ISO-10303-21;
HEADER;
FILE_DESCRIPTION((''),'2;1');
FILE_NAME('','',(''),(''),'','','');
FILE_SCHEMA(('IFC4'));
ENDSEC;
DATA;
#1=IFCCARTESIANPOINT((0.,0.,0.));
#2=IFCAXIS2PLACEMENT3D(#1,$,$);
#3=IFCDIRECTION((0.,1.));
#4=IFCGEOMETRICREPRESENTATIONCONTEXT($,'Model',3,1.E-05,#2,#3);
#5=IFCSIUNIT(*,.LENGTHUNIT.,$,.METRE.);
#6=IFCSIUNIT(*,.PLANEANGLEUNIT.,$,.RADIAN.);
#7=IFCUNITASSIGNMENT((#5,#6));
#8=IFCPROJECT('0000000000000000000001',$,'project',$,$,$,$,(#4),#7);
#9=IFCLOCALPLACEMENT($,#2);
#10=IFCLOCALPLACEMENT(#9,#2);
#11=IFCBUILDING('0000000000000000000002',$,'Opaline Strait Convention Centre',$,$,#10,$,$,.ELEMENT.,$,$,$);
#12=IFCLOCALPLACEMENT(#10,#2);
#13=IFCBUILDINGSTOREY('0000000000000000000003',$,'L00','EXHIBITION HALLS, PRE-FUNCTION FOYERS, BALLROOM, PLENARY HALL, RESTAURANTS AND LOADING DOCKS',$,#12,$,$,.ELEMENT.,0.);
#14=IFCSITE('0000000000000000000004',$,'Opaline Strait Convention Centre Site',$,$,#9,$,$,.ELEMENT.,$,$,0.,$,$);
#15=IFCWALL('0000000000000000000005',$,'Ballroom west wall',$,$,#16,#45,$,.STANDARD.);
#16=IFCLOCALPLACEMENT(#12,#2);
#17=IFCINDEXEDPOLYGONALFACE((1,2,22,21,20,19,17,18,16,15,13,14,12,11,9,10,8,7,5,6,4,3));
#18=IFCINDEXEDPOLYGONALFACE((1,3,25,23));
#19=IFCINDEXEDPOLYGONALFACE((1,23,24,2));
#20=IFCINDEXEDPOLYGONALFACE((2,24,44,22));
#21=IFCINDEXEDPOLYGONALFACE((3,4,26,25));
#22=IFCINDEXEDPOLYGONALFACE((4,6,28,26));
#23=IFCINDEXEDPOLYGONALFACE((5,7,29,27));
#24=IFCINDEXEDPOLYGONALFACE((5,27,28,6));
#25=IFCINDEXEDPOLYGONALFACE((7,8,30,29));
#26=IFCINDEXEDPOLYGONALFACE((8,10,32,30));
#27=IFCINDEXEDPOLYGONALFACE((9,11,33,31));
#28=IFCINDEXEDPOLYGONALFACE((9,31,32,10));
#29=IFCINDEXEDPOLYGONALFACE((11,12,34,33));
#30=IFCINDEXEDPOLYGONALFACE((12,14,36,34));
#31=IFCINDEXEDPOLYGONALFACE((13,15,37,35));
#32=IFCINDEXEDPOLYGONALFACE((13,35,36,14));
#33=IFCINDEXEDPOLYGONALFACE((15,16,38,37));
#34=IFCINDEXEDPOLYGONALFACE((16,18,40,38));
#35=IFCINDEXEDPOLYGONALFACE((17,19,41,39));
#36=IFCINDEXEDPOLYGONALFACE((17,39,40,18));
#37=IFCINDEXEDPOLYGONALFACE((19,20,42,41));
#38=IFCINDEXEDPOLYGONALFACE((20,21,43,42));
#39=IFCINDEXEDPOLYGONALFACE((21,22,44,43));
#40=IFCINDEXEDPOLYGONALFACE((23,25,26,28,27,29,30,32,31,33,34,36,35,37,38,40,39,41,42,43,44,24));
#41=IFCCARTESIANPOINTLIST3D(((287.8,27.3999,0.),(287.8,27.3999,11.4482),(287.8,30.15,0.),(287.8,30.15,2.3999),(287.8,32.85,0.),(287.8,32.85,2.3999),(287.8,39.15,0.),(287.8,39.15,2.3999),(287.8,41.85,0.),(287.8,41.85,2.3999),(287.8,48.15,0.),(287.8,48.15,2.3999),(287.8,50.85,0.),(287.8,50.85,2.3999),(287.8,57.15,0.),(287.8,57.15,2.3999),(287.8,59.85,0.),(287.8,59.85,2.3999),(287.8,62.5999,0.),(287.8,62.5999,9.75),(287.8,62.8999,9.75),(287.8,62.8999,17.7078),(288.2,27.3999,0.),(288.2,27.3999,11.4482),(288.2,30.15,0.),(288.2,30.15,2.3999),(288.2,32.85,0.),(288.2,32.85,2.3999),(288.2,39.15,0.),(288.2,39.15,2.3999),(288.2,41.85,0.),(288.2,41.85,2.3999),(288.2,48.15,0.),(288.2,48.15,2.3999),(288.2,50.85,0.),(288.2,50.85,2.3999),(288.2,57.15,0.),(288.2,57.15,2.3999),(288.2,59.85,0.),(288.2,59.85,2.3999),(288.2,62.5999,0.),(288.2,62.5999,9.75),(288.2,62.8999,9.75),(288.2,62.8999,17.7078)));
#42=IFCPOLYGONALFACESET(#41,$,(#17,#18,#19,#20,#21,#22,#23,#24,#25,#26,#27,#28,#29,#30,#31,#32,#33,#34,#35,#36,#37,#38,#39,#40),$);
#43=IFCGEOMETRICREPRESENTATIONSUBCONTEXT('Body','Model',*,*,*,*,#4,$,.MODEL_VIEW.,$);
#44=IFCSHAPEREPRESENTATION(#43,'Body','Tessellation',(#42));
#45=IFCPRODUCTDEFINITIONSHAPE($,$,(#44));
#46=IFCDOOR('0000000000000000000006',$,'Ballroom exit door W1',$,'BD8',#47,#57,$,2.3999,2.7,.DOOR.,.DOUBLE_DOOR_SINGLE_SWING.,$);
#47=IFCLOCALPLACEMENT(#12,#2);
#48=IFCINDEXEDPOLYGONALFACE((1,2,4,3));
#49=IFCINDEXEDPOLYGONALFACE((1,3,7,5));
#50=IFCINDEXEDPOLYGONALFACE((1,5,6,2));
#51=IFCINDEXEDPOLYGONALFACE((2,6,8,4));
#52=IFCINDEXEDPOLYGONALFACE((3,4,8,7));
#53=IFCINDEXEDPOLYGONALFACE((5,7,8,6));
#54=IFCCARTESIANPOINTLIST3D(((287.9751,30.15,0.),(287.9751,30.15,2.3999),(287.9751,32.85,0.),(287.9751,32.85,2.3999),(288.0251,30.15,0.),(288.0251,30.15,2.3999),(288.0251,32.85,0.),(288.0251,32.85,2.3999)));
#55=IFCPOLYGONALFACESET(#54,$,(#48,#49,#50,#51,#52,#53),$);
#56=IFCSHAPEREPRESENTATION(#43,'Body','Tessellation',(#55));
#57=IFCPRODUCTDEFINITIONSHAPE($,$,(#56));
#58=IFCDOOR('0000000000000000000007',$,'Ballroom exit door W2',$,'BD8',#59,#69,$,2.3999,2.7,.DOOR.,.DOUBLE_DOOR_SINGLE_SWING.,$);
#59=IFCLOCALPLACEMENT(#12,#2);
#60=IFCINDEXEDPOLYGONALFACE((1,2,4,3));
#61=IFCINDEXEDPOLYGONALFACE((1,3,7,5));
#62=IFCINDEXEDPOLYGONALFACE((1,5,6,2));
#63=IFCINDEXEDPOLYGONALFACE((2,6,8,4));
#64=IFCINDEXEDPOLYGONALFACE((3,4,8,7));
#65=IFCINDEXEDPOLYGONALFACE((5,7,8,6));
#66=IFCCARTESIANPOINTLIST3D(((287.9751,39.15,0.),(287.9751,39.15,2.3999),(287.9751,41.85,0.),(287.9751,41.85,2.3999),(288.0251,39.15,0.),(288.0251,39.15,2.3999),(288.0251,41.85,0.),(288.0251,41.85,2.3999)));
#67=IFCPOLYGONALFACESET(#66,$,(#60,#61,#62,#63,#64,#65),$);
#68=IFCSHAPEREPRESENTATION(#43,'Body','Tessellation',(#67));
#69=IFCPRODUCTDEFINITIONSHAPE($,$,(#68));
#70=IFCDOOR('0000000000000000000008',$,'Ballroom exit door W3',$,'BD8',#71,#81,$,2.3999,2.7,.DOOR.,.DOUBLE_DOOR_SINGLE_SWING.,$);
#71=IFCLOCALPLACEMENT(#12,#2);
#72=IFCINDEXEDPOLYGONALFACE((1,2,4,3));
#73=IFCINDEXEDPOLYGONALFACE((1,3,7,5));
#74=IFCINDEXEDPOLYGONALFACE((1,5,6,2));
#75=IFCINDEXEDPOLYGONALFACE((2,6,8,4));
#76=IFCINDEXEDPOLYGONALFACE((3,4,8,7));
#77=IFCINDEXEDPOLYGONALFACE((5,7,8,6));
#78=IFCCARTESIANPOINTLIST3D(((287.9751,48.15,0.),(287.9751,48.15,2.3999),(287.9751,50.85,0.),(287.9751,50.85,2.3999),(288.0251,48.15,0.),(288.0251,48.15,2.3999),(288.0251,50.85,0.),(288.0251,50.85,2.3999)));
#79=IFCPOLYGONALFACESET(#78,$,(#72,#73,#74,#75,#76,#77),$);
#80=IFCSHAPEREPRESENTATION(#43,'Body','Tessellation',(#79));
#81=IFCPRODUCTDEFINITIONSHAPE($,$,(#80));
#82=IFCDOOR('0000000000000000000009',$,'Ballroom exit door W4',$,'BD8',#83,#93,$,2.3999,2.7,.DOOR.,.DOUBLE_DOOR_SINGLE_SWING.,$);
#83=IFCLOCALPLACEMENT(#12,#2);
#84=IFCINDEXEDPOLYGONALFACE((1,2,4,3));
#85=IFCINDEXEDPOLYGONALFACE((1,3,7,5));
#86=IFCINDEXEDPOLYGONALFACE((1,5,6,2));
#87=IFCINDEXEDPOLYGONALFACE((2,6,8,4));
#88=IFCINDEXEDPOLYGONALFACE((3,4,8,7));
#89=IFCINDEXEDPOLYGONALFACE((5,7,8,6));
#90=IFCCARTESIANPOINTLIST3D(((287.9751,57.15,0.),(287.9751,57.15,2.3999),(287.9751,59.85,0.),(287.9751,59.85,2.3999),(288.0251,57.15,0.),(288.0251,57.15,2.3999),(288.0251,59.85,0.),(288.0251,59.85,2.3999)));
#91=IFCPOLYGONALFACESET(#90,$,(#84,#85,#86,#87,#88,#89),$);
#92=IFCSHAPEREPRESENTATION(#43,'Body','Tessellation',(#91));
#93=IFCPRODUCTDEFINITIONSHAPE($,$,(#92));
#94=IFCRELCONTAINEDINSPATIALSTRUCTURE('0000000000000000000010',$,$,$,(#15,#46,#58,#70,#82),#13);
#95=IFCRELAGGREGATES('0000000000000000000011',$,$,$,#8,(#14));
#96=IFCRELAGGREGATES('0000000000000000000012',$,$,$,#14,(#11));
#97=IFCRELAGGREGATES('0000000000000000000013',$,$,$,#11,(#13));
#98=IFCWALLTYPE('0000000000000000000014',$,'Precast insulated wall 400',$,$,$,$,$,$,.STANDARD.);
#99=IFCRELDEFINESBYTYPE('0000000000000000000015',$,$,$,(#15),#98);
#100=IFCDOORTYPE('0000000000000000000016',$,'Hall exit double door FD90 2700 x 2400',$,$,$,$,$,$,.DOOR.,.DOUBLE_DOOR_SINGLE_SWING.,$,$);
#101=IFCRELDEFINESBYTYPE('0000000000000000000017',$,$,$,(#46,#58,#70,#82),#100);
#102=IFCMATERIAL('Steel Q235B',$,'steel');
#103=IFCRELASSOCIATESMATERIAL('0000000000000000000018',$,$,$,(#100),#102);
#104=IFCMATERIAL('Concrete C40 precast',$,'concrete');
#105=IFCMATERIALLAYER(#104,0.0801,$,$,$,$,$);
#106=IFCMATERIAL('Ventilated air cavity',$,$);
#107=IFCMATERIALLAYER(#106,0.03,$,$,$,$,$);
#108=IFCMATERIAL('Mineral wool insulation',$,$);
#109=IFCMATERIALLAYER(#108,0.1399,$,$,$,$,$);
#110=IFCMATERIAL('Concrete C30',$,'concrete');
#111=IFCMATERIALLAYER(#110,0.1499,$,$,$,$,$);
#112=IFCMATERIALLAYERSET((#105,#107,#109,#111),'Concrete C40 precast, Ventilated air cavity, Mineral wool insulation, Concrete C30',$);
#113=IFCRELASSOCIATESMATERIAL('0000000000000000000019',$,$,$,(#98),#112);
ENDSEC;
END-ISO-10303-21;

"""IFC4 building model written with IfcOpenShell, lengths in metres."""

from ifc_helpers import new_model, si_unit, direction, frame, frame_2d, origin, place, context, subcontext, project, spatial, polyline, rectangle, outline, extrude, material, layer, layer_set, type_object, element, fill, save


model = new_model("IFC4")

# Units and contexts
model_context = context("Model", 3, precision=1e-05, world=origin(), true_north=direction((0.0, 1.0)))
body_context = subcontext(model_context, "Body", "Model", "MODEL_VIEW")
ifc_project = project(units=[si_unit("LENGTHUNIT", "METRE"), si_unit("PLANEANGLEUNIT", "RADIAN")], contexts=[model_context])

# Site, building, storey
site_placement = place(None, origin())
site = spatial("IfcSite", under=ifc_project, at=site_placement, Name="Opaline Strait Convention Centre Site", CompositionType="ELEMENT", RefElevation=0.0)
building_placement = place(site_placement, origin())
building = spatial("IfcBuilding", under=site, at=building_placement, Name="Opaline Strait Convention Centre", CompositionType="ELEMENT")
storey_placement = place(building_placement, origin())
storey = spatial("IfcBuildingStorey", under=building, at=storey_placement, Name="L00", Description="EXHIBITION HALLS, PRE-FUNCTION FOYERS, BALLROOM, PLENARY HALL, RESTAURANTS AND LOADING DOCKS", CompositionType="ELEMENT", Elevation=0.0)

# Wall, openings, doors
ifc_material_1 = material(Name="Steel Q235B", Category="steel")
door_type = type_object("IfcDoorType", Name="Hall exit double door FD90 2700 x 2400", OperationType="DOUBLE_DOOR_SINGLE_SWING", PredefinedType="DOOR", material=ifc_material_1)
ifc_material_2 = material(Name="Concrete C40 precast", Category="concrete")
ifc_layer_1 = layer(ifc_material_2, 0.0801)
ifc_material_3 = material(Name="Ventilated air cavity")
ifc_layer_2 = layer(ifc_material_3, 0.03)
ifc_material_4 = material(Name="Mineral wool insulation")
ifc_layer_3 = layer(ifc_material_4, 0.1399)
ifc_material_5 = material(Name="Concrete C30", Category="concrete")
ifc_layer_4 = layer(ifc_material_5, 0.1499)
ifc_layer_set_1 = layer_set([ifc_layer_1, ifc_layer_2, ifc_layer_3, ifc_layer_4], Name="Concrete C40 precast, Ventilated air cavity, Mineral wool insulation, Concrete C30")
wall_type_1 = type_object("IfcWallType", Name="Precast insulated wall 400", PredefinedType="STANDARD", material=ifc_layer_set_1)
wall_1_placement = place(storey_placement, frame((288.0, 27.3999, 0.0), z_axis=(0.0, 0.0, 1.0), x_axis=(0.0, 1.0, 0.0)))
wall_1 = element("IfcWall", 1, at=wall_1_placement, inside=storey, type_object=wall_type_1, Name="Ballroom west wall", PredefinedType="STANDARD", context=body_context, shape_type="SweptSolid", body=[
    extrude(outline(polyline([(0.0, 0.0), (35.2, 0.0), (35.2, 9.75), (35.5, 9.75), (35.5, 17.7078), (0.0, 11.4482), (0.0, 0.0)])), frame((0.0, 0.2, 0.0), z_axis=(0.0, -1.0, 0.0), x_axis=(1.0, 0.0, 0.0)), (0.0, 0.0, 1.0), 0.3999),
])
opening_1_placement = place(wall_1_placement, frame((2.75, 0.0, 0.0)))
opening_1 = element("IfcOpeningElement", 2, at=opening_1_placement, cuts=wall_1, PredefinedType="OPENING", context=body_context, shape_type="SweptSolid", body=[
    extrude(rectangle(XDim=2.7, YDim=2.3999, at=frame_2d((1.3501, 1.2))), frame((0.0, 0.21, 0.0), z_axis=(0.0, -1.0, 0.0), x_axis=(1.0, 0.0, 0.0)), (0.0, 0.0, 1.0), 0.4199),
])
opening_2_placement = place(wall_1_placement, frame((11.75, 0.0, 0.0)))
opening_2 = element("IfcOpeningElement", 3, at=opening_2_placement, cuts=wall_1, PredefinedType="OPENING", context=body_context, shape_type="SweptSolid", body=[
    extrude(rectangle(XDim=2.7, YDim=2.3999, at=frame_2d((1.3501, 1.2))), frame((0.0, 0.21, 0.0), z_axis=(0.0, -1.0, 0.0), x_axis=(1.0, 0.0, 0.0)), (0.0, 0.0, 1.0), 0.4199),
])
opening_3_placement = place(wall_1_placement, frame((20.75, 0.0, 0.0)))
opening_3 = element("IfcOpeningElement", 4, at=opening_3_placement, cuts=wall_1, PredefinedType="OPENING", context=body_context, shape_type="SweptSolid", body=[
    extrude(rectangle(XDim=2.7, YDim=2.3999, at=frame_2d((1.3501, 1.2))), frame((0.0, 0.21, 0.0), z_axis=(0.0, -1.0, 0.0), x_axis=(1.0, 0.0, 0.0)), (0.0, 0.0, 1.0), 0.4199),
])
opening_4_placement = place(wall_1_placement, frame((29.75, 0.0, 0.0)))
opening_4 = element("IfcOpeningElement", 5, at=opening_4_placement, cuts=wall_1, PredefinedType="OPENING", context=body_context, shape_type="SweptSolid", body=[
    extrude(rectangle(XDim=2.7, YDim=2.3999, at=frame_2d((1.3501, 1.2))), frame((0.0, 0.21, 0.0), z_axis=(0.0, -1.0, 0.0), x_axis=(1.0, 0.0, 0.0)), (0.0, 0.0, 1.0), 0.4199),
])
door_1_placement = place(opening_1_placement, origin())
door_1 = element("IfcDoor", 6, at=door_1_placement, inside=storey, type_object=door_type, Name="Ballroom exit door W1", ObjectType="BD8", OperationType="DOUBLE_DOOR_SINGLE_SWING", OverallHeight=2.3999, OverallWidth=2.7, PredefinedType="DOOR", context=body_context, shape_type="SweptSolid", body=[
    extrude(rectangle(XDim=2.7, YDim=2.3999, at=frame_2d((1.3501, 1.2))), frame((0.0, 0.0249, 0.0), z_axis=(0.0, -1.0, 0.0), x_axis=(1.0, 0.0, 0.0)), (0.0, 0.0, 1.0), 0.05),
])
fill(opening_1, door_1)
door_2_placement = place(opening_2_placement, origin())
door_2 = element("IfcDoor", 7, at=door_2_placement, inside=storey, type_object=door_type, Name="Ballroom exit door W2", ObjectType="BD8", OperationType="DOUBLE_DOOR_SINGLE_SWING", OverallHeight=2.3999, OverallWidth=2.7, PredefinedType="DOOR", context=body_context, shape_type="SweptSolid", body=[
    extrude(rectangle(XDim=2.7, YDim=2.3999, at=frame_2d((1.3501, 1.2))), frame((0.0, 0.0249, 0.0), z_axis=(0.0, -1.0, 0.0), x_axis=(1.0, 0.0, 0.0)), (0.0, 0.0, 1.0), 0.05),
])
fill(opening_2, door_2)
door_3_placement = place(opening_3_placement, origin())
door_3 = element("IfcDoor", 8, at=door_3_placement, inside=storey, type_object=door_type, Name="Ballroom exit door W3", ObjectType="BD8", OperationType="DOUBLE_DOOR_SINGLE_SWING", OverallHeight=2.3999, OverallWidth=2.7, PredefinedType="DOOR", context=body_context, shape_type="SweptSolid", body=[
    extrude(rectangle(XDim=2.7, YDim=2.3999, at=frame_2d((1.3501, 1.2))), frame((0.0, 0.0249, 0.0), z_axis=(0.0, -1.0, 0.0), x_axis=(1.0, 0.0, 0.0)), (0.0, 0.0, 1.0), 0.05),
])
fill(opening_3, door_3)
door_4_placement = place(opening_4_placement, origin())
door_4 = element("IfcDoor", 9, at=door_4_placement, inside=storey, type_object=door_type, Name="Ballroom exit door W4", ObjectType="BD8", OperationType="DOUBLE_DOOR_SINGLE_SWING", OverallHeight=2.3999, OverallWidth=2.7, PredefinedType="DOOR", context=body_context, shape_type="SweptSolid", body=[
    extrude(rectangle(XDim=2.7, YDim=2.3999, at=frame_2d((1.3501, 1.2))), frame((0.0, 0.0249, 0.0), z_axis=(0.0, -1.0, 0.0), x_axis=(1.0, 0.0, 0.0)), (0.0, 0.0, 1.0), 0.05),
])
fill(opening_4, door_4)

save(model, "model.ifc")
